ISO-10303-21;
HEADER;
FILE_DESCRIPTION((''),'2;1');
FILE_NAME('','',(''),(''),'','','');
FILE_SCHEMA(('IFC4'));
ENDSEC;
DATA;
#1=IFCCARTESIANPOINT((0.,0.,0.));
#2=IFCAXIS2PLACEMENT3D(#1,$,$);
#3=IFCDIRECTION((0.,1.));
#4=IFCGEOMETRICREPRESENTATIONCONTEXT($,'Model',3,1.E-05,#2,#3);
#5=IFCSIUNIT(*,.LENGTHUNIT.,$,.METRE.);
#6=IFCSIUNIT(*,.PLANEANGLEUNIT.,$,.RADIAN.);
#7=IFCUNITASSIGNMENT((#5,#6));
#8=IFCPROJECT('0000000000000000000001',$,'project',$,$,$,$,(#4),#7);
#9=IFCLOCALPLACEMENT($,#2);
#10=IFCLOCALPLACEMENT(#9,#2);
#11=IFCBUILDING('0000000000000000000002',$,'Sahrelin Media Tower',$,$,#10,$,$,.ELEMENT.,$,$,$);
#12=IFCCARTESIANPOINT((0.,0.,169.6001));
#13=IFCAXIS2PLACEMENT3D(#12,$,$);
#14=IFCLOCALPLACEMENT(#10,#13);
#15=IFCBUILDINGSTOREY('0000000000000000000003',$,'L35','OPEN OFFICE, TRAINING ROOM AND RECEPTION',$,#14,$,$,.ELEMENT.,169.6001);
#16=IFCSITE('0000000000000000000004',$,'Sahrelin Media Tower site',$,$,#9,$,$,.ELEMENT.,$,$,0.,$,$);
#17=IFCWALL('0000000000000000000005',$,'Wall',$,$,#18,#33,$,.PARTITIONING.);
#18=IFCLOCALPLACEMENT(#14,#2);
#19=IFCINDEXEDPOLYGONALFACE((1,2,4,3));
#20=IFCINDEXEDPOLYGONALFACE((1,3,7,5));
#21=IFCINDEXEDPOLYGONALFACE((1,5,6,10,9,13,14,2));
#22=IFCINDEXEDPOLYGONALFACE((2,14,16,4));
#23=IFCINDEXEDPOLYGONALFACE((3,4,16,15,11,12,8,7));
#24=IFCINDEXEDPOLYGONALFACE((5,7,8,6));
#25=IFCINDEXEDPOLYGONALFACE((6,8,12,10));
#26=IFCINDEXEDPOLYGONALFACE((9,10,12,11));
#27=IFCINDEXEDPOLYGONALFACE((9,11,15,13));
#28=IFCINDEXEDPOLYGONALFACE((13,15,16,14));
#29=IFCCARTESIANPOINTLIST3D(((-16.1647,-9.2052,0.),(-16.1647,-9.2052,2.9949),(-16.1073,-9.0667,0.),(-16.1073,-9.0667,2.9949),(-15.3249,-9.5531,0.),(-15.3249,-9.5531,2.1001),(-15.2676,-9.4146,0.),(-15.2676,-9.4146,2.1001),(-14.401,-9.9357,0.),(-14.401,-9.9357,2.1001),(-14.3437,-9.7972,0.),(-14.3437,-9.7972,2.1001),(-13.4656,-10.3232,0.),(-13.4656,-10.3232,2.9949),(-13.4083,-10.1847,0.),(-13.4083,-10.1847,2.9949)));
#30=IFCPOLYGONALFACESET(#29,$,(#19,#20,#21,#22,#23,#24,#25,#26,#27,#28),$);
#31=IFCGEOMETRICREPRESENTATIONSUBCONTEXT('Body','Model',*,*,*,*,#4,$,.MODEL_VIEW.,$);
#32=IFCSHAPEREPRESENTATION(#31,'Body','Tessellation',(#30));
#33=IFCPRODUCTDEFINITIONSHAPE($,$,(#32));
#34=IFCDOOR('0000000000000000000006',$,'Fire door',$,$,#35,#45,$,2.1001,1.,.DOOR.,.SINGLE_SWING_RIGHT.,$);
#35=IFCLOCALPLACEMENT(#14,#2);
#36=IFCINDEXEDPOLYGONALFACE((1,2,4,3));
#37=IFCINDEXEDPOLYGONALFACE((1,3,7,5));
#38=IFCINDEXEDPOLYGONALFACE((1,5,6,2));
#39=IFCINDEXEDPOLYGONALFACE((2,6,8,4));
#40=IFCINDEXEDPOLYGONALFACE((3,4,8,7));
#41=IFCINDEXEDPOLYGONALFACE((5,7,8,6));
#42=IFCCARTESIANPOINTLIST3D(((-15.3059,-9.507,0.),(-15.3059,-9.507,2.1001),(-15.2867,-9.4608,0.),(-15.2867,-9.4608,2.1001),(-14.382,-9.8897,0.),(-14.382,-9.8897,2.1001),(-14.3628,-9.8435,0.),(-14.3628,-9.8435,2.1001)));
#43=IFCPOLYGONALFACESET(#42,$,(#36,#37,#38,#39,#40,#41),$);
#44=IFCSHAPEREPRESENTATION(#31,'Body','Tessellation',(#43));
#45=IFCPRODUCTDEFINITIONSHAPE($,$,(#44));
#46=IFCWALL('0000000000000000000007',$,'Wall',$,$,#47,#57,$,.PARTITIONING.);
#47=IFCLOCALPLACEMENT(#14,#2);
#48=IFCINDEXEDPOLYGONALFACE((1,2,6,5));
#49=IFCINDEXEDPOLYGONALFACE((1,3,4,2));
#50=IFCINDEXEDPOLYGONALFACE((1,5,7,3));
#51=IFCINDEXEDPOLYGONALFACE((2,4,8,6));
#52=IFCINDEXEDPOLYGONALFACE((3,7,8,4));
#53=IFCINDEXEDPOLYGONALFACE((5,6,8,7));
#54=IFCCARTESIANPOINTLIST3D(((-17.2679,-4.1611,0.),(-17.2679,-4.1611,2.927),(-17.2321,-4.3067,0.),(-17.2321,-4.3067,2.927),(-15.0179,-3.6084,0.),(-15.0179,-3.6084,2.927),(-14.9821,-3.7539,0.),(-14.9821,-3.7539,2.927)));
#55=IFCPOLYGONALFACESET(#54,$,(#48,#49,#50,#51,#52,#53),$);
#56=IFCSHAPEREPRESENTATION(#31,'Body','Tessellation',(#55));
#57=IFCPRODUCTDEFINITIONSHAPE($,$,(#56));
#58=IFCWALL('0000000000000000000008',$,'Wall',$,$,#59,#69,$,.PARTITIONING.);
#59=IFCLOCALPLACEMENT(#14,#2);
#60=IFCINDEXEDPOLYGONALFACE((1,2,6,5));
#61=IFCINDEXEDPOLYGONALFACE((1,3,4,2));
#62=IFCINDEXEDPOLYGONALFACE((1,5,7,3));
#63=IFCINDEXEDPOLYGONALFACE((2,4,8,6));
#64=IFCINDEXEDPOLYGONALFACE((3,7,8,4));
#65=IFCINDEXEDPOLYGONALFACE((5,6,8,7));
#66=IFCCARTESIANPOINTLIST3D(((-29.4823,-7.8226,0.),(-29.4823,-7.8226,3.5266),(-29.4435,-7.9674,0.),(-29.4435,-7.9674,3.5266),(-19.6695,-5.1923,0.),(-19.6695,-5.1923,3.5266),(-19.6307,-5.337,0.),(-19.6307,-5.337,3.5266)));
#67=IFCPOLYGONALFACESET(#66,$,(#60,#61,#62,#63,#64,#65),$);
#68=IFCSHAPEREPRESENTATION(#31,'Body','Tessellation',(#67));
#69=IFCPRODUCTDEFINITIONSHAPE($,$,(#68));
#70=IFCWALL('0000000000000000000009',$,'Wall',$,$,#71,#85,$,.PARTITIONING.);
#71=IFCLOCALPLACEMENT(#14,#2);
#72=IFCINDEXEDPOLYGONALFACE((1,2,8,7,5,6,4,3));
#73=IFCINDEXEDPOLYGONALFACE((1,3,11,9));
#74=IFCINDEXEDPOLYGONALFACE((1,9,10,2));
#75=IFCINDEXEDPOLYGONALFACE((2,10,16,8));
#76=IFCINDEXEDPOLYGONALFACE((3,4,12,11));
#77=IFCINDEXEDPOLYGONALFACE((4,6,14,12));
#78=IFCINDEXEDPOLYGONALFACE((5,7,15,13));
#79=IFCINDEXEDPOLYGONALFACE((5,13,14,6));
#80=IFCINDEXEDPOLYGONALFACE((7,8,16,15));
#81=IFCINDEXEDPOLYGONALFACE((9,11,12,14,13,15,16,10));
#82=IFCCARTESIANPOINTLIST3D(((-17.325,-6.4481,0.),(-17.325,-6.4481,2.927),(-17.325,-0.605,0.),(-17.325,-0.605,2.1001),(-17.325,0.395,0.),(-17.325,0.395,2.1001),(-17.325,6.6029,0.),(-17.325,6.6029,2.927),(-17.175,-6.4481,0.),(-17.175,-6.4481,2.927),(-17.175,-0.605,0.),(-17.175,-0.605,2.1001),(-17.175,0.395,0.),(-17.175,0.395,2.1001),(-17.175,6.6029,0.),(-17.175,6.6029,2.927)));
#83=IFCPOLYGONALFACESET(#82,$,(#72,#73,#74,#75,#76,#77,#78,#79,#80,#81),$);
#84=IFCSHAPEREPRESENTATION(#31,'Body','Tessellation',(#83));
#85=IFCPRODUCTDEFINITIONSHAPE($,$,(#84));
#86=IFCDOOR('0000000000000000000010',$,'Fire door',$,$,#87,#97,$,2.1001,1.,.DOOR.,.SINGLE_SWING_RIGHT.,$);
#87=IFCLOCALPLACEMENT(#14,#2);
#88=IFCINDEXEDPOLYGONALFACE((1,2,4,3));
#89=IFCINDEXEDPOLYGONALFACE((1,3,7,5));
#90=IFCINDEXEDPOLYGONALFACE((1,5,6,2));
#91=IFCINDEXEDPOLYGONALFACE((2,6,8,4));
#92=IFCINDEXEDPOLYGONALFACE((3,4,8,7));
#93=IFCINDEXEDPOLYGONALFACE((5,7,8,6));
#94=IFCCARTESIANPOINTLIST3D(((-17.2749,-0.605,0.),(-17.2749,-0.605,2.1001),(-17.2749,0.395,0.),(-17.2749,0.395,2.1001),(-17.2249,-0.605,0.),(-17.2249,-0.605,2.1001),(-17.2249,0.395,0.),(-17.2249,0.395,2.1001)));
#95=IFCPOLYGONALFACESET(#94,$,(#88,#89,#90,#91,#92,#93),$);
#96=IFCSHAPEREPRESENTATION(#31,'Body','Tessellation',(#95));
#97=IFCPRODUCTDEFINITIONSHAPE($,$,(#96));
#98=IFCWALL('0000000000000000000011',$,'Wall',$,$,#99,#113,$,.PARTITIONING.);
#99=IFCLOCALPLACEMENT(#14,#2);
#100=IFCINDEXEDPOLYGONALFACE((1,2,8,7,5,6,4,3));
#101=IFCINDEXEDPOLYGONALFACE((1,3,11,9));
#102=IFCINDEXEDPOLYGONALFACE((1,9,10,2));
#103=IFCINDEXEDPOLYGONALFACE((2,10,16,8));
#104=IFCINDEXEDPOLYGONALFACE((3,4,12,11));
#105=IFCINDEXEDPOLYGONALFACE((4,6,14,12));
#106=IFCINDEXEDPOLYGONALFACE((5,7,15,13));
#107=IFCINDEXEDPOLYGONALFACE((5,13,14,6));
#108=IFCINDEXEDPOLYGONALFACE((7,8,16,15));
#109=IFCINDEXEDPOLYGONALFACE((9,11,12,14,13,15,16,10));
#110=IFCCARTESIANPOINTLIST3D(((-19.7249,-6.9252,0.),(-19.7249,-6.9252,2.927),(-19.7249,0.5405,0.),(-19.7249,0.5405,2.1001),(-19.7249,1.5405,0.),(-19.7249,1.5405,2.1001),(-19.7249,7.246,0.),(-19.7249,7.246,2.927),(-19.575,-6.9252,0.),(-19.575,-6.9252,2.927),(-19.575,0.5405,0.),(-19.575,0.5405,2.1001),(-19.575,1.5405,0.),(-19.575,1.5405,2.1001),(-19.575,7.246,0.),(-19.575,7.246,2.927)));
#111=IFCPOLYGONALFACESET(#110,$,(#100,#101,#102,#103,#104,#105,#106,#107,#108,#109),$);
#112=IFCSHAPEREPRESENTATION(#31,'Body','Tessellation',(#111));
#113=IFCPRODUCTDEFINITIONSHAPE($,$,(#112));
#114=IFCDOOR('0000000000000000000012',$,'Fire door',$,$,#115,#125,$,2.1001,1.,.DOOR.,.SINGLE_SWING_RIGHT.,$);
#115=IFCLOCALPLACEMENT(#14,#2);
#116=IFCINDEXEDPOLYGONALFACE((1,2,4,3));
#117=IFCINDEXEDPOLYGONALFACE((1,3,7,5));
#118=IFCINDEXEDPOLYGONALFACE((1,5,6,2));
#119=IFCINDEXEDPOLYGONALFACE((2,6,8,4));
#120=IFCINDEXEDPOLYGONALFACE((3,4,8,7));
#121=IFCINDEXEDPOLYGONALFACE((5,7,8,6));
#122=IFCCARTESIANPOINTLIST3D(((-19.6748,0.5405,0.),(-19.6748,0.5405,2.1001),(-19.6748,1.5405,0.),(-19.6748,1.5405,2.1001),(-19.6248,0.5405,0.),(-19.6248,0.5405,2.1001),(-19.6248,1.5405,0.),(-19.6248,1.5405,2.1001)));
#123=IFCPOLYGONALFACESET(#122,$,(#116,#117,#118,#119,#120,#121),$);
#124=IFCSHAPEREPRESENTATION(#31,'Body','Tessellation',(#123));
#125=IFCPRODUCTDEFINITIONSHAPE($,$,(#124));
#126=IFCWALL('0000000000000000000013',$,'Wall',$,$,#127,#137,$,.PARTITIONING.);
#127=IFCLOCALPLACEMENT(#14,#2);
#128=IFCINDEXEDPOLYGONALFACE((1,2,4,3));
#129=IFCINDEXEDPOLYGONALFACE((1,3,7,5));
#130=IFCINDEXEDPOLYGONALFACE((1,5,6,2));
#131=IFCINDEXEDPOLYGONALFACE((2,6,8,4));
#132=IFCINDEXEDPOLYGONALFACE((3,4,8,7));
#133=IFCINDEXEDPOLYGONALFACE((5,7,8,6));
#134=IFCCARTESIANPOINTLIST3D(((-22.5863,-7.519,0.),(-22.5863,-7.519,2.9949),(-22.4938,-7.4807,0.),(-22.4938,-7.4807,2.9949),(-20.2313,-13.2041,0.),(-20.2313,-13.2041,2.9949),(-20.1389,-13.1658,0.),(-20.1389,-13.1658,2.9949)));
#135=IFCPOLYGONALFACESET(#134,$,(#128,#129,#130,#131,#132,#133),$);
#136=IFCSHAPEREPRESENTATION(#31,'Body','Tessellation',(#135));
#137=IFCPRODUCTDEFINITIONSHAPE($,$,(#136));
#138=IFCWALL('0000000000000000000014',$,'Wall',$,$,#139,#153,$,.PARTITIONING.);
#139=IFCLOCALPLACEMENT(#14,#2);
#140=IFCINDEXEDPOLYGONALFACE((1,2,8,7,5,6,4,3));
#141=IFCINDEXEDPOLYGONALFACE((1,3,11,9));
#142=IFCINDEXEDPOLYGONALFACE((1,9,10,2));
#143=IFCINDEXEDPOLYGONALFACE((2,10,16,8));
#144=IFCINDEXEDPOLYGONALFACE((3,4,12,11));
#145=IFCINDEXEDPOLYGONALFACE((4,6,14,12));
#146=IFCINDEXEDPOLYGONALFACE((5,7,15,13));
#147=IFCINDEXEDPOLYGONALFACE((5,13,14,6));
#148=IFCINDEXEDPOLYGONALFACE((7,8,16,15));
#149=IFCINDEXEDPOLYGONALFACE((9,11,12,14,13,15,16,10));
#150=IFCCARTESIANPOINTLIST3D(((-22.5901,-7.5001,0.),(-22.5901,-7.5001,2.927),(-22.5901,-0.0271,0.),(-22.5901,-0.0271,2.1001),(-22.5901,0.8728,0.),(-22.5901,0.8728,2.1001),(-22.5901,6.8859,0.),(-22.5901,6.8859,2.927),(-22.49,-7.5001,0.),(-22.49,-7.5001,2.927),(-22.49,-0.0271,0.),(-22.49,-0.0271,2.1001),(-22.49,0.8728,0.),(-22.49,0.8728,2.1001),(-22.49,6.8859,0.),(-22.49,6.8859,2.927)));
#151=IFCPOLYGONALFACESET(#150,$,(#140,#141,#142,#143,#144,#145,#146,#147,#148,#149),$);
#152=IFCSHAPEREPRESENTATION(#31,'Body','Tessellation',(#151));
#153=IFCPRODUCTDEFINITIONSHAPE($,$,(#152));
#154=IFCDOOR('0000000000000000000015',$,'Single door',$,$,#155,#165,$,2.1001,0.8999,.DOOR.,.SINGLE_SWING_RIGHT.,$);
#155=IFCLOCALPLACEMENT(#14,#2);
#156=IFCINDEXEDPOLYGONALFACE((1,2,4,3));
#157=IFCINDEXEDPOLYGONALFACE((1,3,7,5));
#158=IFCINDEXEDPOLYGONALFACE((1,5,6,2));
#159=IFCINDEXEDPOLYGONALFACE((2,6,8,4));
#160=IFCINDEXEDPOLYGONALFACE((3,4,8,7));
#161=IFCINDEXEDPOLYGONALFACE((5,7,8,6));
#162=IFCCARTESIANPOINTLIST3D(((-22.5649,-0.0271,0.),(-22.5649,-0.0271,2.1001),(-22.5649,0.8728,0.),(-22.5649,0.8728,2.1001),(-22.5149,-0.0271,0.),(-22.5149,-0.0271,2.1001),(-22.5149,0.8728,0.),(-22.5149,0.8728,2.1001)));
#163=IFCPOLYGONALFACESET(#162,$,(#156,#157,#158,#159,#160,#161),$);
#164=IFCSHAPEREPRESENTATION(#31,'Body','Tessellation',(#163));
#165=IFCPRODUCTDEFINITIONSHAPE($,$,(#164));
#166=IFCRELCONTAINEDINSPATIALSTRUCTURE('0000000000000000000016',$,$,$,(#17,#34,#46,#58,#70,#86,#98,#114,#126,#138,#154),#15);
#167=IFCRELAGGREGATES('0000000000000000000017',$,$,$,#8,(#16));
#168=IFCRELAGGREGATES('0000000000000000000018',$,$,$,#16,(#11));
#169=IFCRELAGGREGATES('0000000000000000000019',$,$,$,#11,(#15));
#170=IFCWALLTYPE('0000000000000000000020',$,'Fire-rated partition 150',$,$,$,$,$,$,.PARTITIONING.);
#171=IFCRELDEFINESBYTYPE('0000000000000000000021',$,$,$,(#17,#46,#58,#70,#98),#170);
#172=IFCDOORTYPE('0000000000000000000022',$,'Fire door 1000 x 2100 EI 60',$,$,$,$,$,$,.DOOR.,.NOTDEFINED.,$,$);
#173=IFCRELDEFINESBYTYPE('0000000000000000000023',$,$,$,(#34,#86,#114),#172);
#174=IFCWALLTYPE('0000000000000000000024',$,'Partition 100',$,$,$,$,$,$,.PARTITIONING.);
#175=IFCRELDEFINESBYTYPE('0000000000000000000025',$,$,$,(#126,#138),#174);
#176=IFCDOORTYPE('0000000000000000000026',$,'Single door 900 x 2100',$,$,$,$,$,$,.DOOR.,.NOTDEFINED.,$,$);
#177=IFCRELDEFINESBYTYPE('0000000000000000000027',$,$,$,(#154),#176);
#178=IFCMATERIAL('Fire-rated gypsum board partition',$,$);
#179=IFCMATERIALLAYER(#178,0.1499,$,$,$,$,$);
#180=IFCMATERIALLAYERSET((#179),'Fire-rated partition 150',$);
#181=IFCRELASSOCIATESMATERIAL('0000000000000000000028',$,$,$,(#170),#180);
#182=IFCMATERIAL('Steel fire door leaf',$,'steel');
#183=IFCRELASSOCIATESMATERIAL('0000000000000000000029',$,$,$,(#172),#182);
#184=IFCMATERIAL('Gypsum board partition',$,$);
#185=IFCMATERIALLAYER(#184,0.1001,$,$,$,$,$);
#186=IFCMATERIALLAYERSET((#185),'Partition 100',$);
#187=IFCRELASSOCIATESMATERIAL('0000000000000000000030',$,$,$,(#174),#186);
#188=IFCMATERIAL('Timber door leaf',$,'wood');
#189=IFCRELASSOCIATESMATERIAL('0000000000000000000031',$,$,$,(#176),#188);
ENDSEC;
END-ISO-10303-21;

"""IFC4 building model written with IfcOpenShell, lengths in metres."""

from ifc_helpers import new_model, si_unit, direction, frame, frame_2d, origin, place, context, subcontext, project, spatial, rectangle, extrude, material, layer, layer_set, type_object, element, fill, save


model = new_model("IFC4")

# Units and contexts
model_context = context("Model", 3, precision=1e-05, world=origin(), true_north=direction((0.0, 1.0)))
body_context = subcontext(model_context, "Body", "Model", "MODEL_VIEW")
ifc_project = project(units=[si_unit("LENGTHUNIT", "METRE"), si_unit("PLANEANGLEUNIT", "RADIAN")], contexts=[model_context])

# Site, building, storey
site_placement = place(None, origin())
site = spatial("IfcSite", under=ifc_project, at=site_placement, Name="Sahrelin Media Tower site", CompositionType="ELEMENT", RefElevation=0.0)
building_placement = place(site_placement, origin())
building = spatial("IfcBuilding", under=site, at=building_placement, Name="Sahrelin Media Tower", CompositionType="ELEMENT")
storey_placement = place(building_placement, frame((0.0, 0.0, 169.6001)))
storey = spatial("IfcBuildingStorey", under=building, at=storey_placement, Name="L35", Description="OPEN OFFICE, TRAINING ROOM AND RECEPTION", CompositionType="ELEMENT", Elevation=169.6001)

# Shared definitions
ifc_material_1 = material(Name="Fire-rated gypsum board partition")
ifc_layer_1 = layer(ifc_material_1, 0.1499)
ifc_layer_set_1 = layer_set([ifc_layer_1], Name="Fire-rated partition 150")
wall_type_1 = type_object("IfcWallType", Name="Fire-rated partition 150", PredefinedType="PARTITIONING", material=ifc_layer_set_1)
ifc_material_2 = material(Name="Steel fire door leaf", Category="steel")
door_type_1 = type_object("IfcDoorType", Name="Fire door 1000 x 2100 EI 60", OperationType="NOTDEFINED", PredefinedType="DOOR", material=ifc_material_2)

# Wall, opening, door
wall_1_placement = place(storey_placement, frame((-16.136, -9.136, 0.0), z_axis=(0.0, 0.0, 1.0), x_axis=(0.923883, -0.382674, 0.0)))
wall_1 = element("IfcWall", 1, at=wall_1_placement, inside=storey, type_object=wall_type_1, Name="Wall", PredefinedType="PARTITIONING", context=body_context, shape_type="SweptSolid", body=[
    extrude(rectangle(XDim=2.9214, YDim=0.1499, at=frame_2d((1.4607, 0.0))), origin(), (0.0, 0.0, 1.0), 2.9949),
])
opening_1_placement = place(wall_1_placement, frame((0.9089, 0.0, 0.0)))
opening_1 = element("IfcOpeningElement", 2, at=opening_1_placement, cuts=wall_1, PredefinedType="OPENING", context=body_context, shape_type="SweptSolid", body=[
    extrude(rectangle(XDim=1.0, YDim=2.1001, at=frame_2d((0.5, 1.05))), frame((0.0, 0.075, 0.0), z_axis=(0.0, -1.0, 0.0), x_axis=(1.0, 0.0, 0.0)), (0.0, 0.0, 1.0), 0.1499),
])
door_1_placement = place(opening_1_placement, origin())
door_1 = element("IfcDoor", 3, at=door_1_placement, inside=storey, type_object=door_type_1, Name="Fire door", OperationType="SINGLE_SWING_RIGHT", OverallHeight=2.1001, OverallWidth=1.0, PredefinedType="DOOR", context=body_context, shape_type="SweptSolid", body=[
    extrude(rectangle(XDim=1.0, YDim=2.1001, at=frame_2d((0.5, 1.05))), frame((0.0, 0.0249, 0.0), z_axis=(0.0, -1.0, 0.0), x_axis=(1.0, 0.0, 0.0)), (0.0, 0.0, 1.0), 0.05),
])
fill(opening_1, door_1)

# Walls
wall_2_placement = place(storey_placement, frame((-17.25, -4.2339, 0.0), z_axis=(0.0, 0.0, 1.0), x_axis=(0.971126, 0.238567, 0.0)))
element("IfcWall", 4, at=wall_2_placement, inside=storey, type_object=wall_type_1, Name="Wall", PredefinedType="PARTITIONING", context=body_context, shape_type="SweptSolid", body=[
    extrude(rectangle(XDim=2.3169, YDim=0.1499, at=frame_2d((1.1584, 0.0))), origin(), (0.0, 0.0, 1.0), 2.927),
])
wall_3_placement = place(storey_placement, frame((-29.4629, -7.895, 0.0), z_axis=(0.0, 0.0, 1.0), x_axis=(0.9659, 0.258916, 0.0)))
element("IfcWall", 5, at=wall_3_placement, inside=storey, type_object=wall_type_1, Name="Wall", PredefinedType="PARTITIONING", context=body_context, shape_type="SweptSolid", body=[
    extrude(rectangle(XDim=10.1592, YDim=0.1499, at=frame_2d((5.0796, 0.0))), origin(), (0.0, 0.0, 1.0), 3.5266),
])

# Walls, openings, doors
wall_4_placement = place(storey_placement, frame((-17.25, -6.448, 0.0), z_axis=(0.0, 0.0, 1.0), x_axis=(0.0, 1.0, 0.0)))
wall_4 = element("IfcWall", 6, at=wall_4_placement, inside=storey, type_object=wall_type_1, Name="Wall", PredefinedType="PARTITIONING", context=body_context, shape_type="SweptSolid", body=[
    extrude(rectangle(XDim=13.051, YDim=0.1499, at=frame_2d((6.5254, 0.0))), origin(), (0.0, 0.0, 1.0), 2.927),
])
opening_2_placement = place(wall_4_placement, frame((5.843, 0.0, 0.0)))
opening_2 = element("IfcOpeningElement", 7, at=opening_2_placement, cuts=wall_4, PredefinedType="OPENING", context=body_context, shape_type="SweptSolid", body=[
    extrude(rectangle(XDim=1.0, YDim=2.1001, at=frame_2d((0.5, 1.05))), frame((0.0, 0.075, 0.0), z_axis=(0.0, -1.0, 0.0), x_axis=(1.0, 0.0, 0.0)), (0.0, 0.0, 1.0), 0.1499),
])
door_2_placement = place(opening_2_placement, origin())
door_2 = element("IfcDoor", 8, at=door_2_placement, inside=storey, type_object=door_type_1, Name="Fire door", OperationType="SINGLE_SWING_RIGHT", OverallHeight=2.1001, OverallWidth=1.0, PredefinedType="DOOR", context=body_context, shape_type="SweptSolid", body=[
    extrude(rectangle(XDim=1.0, YDim=2.1001, at=frame_2d((0.5, 1.05))), frame((0.0, 0.0249, 0.0), z_axis=(0.0, -1.0, 0.0), x_axis=(1.0, 0.0, 0.0)), (0.0, 0.0, 1.0), 0.05),
])
fill(opening_2, door_2)
wall_5_placement = place(storey_placement, frame((-19.6499, -6.925, 0.0), z_axis=(0.0, 0.0, 1.0), x_axis=(0.0, 1.0, 0.0)))
wall_5 = element("IfcWall", 9, at=wall_5_placement, inside=storey, type_object=wall_type_1, Name="Wall", PredefinedType="PARTITIONING", context=body_context, shape_type="SweptSolid", body=[
    extrude(rectangle(XDim=14.1711, YDim=0.1499, at=frame_2d((7.0854, 0.0))), origin(), (0.0, 0.0, 1.0), 2.927),
])
opening_3_placement = place(wall_5_placement, frame((7.4656, 0.0, 0.0)))
opening_3 = element("IfcOpeningElement", 10, at=opening_3_placement, cuts=wall_5, PredefinedType="OPENING", context=body_context, shape_type="SweptSolid", body=[
    extrude(rectangle(XDim=1.0, YDim=2.1001, at=frame_2d((0.5, 1.05))), frame((0.0, 0.075, 0.0), z_axis=(0.0, -1.0, 0.0), x_axis=(1.0, 0.0, 0.0)), (0.0, 0.0, 1.0), 0.1499),
])
door_3_placement = place(opening_3_placement, origin())
door_3 = element("IfcDoor", 11, at=door_3_placement, inside=storey, type_object=door_type_1, Name="Fire door", OperationType="SINGLE_SWING_RIGHT", OverallHeight=2.1001, OverallWidth=1.0, PredefinedType="DOOR", context=body_context, shape_type="SweptSolid", body=[
    extrude(rectangle(XDim=1.0, YDim=2.1001, at=frame_2d((0.5, 1.05))), frame((0.0, 0.0249, 0.0), z_axis=(0.0, -1.0, 0.0), x_axis=(1.0, 0.0, 0.0)), (0.0, 0.0, 1.0), 0.05),
])
fill(opening_3, door_3)

# Wall
ifc_material_3 = material(Name="Gypsum board partition")
ifc_layer_2 = layer(ifc_material_3, 0.1001)
ifc_layer_set_2 = layer_set([ifc_layer_2], Name="Partition 100")
wall_type_2 = type_object("IfcWallType", Name="Partition 100", PredefinedType="PARTITIONING", material=ifc_layer_set_2)
wall_6_placement = place(storey_placement, frame((-22.54, -7.5, 0.0), z_axis=(0.0, 0.0, 1.0), x_axis=(0.382705, -0.923871, 0.0)))
element("IfcWall", 12, at=wall_6_placement, inside=storey, type_object=wall_type_2, Name="Wall", PredefinedType="PARTITIONING", context=body_context, shape_type="SweptSolid", body=[
    extrude(rectangle(XDim=6.1536, YDim=0.1001, at=frame_2d((3.0767, 0.0))), origin(), (0.0, 0.0, 1.0), 2.9949),
])

# Wall, opening, door
wall_7_placement = place(storey_placement, frame((-22.54, -7.5, 0.0), z_axis=(0.0, 0.0, 1.0), x_axis=(0.0, 1.0, 0.0)))
wall_7 = element("IfcWall", 13, at=wall_7_placement, inside=storey, type_object=wall_type_2, Name="Wall", PredefinedType="PARTITIONING", context=body_context, shape_type="SweptSolid", body=[
    extrude(rectangle(XDim=14.386, YDim=0.1001, at=frame_2d((7.1929, 0.0))), origin(), (0.0, 0.0, 1.0), 2.927),
])
opening_4_placement = place(wall_7_placement, frame((7.4729, 0.0, 0.0)))
opening_4 = element("IfcOpeningElement", 14, at=opening_4_placement, cuts=wall_7, PredefinedType="OPENING", context=body_context, shape_type="SweptSolid", body=[
    extrude(rectangle(XDim=0.8999, YDim=2.1001, at=frame_2d((0.45, 1.05))), frame((0.0, 0.05, 0.0), z_axis=(0.0, -1.0, 0.0), x_axis=(1.0, 0.0, 0.0)), (0.0, 0.0, 1.0), 0.1001),
])
ifc_material_4 = material(Name="Timber door leaf", Category="wood")
door_type_2 = type_object("IfcDoorType", Name="Single door 900 x 2100", OperationType="NOTDEFINED", PredefinedType="DOOR", material=ifc_material_4)
door_4_placement = place(opening_4_placement, origin())
door_4 = element("IfcDoor", 15, at=door_4_placement, inside=storey, type_object=door_type_2, Name="Single door", OperationType="SINGLE_SWING_RIGHT", OverallHeight=2.1001, OverallWidth=0.8999, PredefinedType="DOOR", context=body_context, shape_type="SweptSolid", body=[
    extrude(rectangle(XDim=0.8999, YDim=2.1001, at=frame_2d((0.45, 1.05))), frame((0.0, 0.0249, 0.0), z_axis=(0.0, -1.0, 0.0), x_axis=(1.0, 0.0, 0.0)), (0.0, 0.0, 1.0), 0.05),
])
fill(opening_4, door_4)

save(model, "model.ifc")
